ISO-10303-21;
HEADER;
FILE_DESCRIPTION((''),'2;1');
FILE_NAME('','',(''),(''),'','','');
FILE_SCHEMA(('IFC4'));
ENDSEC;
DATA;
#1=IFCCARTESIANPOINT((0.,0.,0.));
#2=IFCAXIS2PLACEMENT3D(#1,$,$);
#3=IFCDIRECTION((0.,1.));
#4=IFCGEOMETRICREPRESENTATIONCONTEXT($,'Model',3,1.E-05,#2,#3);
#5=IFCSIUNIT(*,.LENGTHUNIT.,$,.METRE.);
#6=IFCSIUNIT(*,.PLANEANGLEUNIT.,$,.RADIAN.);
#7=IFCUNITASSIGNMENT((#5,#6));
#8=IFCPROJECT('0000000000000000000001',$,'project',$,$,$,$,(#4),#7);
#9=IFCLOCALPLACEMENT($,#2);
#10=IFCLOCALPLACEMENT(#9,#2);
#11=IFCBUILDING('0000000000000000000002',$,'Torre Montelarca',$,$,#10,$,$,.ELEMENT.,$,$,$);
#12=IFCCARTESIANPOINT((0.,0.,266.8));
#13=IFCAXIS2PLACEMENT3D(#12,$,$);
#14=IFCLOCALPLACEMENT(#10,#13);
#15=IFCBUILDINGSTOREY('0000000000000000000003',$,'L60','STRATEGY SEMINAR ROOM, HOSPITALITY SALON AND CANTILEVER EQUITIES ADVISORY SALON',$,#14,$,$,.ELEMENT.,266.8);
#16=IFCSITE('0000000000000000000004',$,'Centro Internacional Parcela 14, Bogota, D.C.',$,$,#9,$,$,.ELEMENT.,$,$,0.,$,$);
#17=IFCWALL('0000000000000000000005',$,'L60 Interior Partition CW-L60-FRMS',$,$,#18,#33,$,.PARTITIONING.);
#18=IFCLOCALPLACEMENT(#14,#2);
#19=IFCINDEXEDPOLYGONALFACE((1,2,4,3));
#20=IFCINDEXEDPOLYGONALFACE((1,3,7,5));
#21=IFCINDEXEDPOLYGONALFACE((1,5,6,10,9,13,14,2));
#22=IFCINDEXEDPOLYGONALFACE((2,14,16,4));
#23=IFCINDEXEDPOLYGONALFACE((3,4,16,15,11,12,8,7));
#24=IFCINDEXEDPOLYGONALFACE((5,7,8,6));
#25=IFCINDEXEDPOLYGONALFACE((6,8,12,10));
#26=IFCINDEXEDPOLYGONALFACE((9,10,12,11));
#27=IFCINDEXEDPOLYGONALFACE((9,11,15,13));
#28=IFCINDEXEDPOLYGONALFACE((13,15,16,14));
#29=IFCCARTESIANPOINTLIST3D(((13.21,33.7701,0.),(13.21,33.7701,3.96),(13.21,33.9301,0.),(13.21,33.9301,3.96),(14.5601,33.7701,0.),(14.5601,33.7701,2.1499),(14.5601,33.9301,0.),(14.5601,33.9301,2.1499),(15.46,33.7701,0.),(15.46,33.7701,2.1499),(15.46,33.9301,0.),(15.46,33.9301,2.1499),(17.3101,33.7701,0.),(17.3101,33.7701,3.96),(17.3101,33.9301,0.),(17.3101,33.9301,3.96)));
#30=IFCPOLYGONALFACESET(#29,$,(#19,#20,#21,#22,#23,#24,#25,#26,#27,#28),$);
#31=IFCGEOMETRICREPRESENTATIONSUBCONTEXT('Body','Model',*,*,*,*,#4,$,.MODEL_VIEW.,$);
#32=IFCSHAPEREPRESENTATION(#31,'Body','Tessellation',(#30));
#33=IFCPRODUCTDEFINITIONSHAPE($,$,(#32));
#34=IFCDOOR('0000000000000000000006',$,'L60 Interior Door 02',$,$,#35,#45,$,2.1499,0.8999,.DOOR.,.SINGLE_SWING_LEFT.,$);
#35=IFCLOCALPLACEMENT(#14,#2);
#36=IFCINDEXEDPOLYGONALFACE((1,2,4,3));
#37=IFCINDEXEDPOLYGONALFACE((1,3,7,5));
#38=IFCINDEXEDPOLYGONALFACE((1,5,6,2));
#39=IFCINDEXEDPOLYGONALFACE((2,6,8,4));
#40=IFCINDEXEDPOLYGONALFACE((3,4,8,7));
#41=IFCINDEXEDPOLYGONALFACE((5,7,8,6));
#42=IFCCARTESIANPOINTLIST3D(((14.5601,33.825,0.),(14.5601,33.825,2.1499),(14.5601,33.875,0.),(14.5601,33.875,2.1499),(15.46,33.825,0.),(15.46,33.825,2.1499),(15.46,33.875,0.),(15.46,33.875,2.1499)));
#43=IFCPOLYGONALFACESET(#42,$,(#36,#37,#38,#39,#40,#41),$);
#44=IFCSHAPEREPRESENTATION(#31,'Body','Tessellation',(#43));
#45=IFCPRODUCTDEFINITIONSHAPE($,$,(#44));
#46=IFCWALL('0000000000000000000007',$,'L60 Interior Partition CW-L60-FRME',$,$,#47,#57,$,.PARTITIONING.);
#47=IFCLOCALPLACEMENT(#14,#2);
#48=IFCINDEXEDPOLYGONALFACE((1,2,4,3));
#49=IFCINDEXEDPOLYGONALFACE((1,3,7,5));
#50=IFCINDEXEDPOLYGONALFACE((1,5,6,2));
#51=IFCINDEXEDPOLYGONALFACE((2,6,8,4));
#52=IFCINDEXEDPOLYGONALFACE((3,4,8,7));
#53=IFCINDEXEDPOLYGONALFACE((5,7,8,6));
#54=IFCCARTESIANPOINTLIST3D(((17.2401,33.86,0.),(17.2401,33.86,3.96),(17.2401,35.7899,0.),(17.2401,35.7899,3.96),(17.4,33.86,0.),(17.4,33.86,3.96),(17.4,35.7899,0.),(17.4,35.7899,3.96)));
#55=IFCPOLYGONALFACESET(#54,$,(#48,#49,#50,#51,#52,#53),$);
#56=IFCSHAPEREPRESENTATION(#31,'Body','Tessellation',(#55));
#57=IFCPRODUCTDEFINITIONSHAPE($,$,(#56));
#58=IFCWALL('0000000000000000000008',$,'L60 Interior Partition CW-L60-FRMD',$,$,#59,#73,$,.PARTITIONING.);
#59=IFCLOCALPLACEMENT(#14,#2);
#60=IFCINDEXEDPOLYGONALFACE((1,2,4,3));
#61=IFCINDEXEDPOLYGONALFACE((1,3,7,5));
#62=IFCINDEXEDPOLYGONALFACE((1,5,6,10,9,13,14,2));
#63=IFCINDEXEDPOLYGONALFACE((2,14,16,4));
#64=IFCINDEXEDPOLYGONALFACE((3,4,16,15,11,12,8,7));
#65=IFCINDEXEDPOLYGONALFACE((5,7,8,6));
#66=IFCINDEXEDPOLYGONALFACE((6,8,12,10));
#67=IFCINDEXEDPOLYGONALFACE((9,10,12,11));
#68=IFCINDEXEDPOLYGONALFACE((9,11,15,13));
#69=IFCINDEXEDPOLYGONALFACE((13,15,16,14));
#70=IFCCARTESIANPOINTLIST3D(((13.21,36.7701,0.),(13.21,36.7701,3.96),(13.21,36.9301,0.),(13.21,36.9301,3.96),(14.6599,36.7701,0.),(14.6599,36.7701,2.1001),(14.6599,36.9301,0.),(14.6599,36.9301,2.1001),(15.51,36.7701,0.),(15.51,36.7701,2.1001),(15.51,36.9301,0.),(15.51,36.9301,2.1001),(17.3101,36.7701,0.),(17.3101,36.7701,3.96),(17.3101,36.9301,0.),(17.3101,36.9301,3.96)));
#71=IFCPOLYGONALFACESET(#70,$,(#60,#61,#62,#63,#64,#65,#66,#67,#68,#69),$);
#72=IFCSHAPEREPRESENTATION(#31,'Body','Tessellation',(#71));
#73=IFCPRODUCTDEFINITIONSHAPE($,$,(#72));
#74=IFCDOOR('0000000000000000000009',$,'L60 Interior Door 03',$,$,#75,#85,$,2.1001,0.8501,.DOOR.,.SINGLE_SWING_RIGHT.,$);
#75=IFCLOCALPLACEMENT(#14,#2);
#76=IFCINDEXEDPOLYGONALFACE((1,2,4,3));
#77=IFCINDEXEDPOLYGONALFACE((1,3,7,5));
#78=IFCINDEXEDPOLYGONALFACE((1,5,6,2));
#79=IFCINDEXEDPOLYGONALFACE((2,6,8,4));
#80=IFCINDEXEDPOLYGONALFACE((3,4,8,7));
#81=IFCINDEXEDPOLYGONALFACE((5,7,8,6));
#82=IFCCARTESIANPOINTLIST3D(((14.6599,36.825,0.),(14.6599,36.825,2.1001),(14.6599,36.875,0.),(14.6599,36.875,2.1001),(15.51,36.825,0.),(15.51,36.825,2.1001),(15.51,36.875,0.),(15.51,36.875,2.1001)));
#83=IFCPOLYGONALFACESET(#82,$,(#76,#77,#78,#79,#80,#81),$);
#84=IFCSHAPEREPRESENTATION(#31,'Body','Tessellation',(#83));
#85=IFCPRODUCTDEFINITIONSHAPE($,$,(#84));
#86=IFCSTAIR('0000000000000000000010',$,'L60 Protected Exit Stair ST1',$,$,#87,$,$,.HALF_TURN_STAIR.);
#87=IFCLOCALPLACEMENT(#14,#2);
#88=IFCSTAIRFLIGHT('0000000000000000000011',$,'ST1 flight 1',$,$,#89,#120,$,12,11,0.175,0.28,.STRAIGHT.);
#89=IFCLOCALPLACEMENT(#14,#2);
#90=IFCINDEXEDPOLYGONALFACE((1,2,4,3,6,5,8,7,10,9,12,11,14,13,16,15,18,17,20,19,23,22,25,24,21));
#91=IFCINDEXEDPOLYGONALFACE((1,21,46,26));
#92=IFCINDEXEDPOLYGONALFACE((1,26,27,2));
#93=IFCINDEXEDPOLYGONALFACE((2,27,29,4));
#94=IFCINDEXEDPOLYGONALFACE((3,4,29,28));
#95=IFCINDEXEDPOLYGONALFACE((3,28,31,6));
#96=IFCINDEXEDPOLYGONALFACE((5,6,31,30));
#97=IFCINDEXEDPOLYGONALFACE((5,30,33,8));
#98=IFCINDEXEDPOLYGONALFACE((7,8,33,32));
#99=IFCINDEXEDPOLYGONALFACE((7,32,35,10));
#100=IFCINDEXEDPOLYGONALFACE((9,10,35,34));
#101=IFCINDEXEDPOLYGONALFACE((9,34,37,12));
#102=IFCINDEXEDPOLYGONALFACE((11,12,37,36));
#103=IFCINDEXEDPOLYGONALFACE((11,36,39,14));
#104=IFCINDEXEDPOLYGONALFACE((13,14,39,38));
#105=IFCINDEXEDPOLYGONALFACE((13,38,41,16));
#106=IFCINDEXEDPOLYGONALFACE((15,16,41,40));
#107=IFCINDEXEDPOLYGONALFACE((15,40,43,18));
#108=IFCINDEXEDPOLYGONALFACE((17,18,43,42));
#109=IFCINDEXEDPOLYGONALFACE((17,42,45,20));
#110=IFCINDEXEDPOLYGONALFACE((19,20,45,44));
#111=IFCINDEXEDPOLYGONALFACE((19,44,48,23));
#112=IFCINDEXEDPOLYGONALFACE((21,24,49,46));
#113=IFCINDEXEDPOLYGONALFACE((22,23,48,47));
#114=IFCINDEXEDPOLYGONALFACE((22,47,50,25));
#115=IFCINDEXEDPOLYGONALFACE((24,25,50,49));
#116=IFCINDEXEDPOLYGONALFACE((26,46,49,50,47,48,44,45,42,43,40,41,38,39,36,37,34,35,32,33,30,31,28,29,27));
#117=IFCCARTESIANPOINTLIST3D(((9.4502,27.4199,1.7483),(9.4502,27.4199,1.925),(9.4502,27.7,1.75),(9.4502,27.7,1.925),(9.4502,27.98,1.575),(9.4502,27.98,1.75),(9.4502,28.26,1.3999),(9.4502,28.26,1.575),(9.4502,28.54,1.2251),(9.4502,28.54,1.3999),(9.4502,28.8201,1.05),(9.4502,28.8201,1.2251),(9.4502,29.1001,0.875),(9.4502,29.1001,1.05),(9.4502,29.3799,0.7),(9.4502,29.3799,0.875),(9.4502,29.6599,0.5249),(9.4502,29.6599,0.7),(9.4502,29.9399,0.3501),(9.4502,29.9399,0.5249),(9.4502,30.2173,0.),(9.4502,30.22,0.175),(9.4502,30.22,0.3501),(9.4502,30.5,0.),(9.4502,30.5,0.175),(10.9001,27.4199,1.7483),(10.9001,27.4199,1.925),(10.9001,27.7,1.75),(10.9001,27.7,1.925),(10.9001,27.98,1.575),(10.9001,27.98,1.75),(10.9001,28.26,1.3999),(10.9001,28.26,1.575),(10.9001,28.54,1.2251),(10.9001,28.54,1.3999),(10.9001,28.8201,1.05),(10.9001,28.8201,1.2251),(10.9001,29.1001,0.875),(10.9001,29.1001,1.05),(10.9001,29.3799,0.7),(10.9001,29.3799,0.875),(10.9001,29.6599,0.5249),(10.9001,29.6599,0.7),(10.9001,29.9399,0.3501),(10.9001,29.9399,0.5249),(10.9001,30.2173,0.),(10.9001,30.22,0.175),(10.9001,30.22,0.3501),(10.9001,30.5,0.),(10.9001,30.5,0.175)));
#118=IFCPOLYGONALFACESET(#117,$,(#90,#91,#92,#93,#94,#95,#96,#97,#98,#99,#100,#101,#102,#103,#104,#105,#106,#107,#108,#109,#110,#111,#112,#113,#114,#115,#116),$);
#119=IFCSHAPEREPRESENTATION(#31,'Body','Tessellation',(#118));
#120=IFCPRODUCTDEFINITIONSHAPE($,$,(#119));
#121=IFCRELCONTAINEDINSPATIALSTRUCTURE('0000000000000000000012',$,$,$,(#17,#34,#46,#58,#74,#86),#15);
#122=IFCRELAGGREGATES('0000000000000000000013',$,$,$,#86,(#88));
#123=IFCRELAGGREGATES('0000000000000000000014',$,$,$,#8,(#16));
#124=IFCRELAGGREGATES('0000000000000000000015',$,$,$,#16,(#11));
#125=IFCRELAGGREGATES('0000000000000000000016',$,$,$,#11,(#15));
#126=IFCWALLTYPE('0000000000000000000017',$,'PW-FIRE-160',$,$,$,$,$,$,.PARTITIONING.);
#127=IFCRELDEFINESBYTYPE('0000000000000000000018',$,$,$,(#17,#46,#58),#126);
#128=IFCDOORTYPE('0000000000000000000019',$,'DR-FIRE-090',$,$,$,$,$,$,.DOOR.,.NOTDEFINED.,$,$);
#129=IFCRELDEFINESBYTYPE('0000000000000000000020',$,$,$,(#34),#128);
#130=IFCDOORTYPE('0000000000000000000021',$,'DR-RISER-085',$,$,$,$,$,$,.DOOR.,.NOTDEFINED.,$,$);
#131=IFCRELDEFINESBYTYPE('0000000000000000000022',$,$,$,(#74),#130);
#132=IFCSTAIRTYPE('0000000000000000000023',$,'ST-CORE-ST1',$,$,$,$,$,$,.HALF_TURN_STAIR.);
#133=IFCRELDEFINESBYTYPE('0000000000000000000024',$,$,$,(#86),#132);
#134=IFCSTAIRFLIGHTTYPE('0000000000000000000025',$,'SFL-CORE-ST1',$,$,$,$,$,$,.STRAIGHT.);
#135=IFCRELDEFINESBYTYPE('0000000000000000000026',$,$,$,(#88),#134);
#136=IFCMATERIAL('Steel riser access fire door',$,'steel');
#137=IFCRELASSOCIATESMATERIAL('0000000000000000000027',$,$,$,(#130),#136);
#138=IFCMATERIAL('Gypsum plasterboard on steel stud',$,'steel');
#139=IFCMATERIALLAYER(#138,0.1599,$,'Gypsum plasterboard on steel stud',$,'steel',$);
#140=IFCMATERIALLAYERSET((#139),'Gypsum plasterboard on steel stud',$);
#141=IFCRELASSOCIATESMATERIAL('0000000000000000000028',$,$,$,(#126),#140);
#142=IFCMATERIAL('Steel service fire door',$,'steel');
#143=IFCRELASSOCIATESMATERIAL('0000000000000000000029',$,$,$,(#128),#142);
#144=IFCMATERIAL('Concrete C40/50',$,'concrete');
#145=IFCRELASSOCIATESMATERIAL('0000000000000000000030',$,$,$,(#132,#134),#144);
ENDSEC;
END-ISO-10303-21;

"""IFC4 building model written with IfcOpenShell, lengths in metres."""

from ifc_helpers import new_model, si_unit, direction, frame, frame_2d, origin, place, context, subcontext, project, spatial, polyline, rectangle, outline, extrude, source, transform, mapped, material, layer, layer_set, type_object, element, fill, aggregate, save


model = new_model("IFC4")

# Units and contexts
model_context = context("Model", 3, precision=1e-05, world=origin(), true_north=direction((0.0, 1.0)))
body_context = subcontext(model_context, "Body", "Model", "MODEL_VIEW")
ifc_project = project(units=[si_unit("LENGTHUNIT", "METRE"), si_unit("PLANEANGLEUNIT", "RADIAN")], contexts=[model_context])

# Site, building, storey
site_placement = place(None, origin())
site = spatial("IfcSite", under=ifc_project, at=site_placement, Name="Centro Internacional Parcela 14, Bogota, D.C.", CompositionType="ELEMENT", RefElevation=0.0)
building_placement = place(site_placement, origin())
building = spatial("IfcBuilding", under=site, at=building_placement, Name="Torre Montelarca", CompositionType="ELEMENT")
storey_placement = place(building_placement, frame((0.0, 0.0, 266.8)))
storey = spatial("IfcBuildingStorey", under=building, at=storey_placement, Name="L60", Description="STRATEGY SEMINAR ROOM, HOSPITALITY SALON AND CANTILEVER EQUITIES ADVISORY SALON", CompositionType="ELEMENT", Elevation=266.8)

# Shared definitions
ifc_material_1 = material(Name="Concrete C40/50", Category="concrete")

# Shared definitions
ifc_material_2 = material(Name="Steel riser access fire door", Category="steel")
door_type_1 = type_object("IfcDoorType", Name="DR-RISER-085", OperationType="NOTDEFINED", PredefinedType="DOOR", material=ifc_material_2)
shared_shape_1 = source(origin(), body_context, "Body", "SweptSolid", [
    extrude(rectangle(XDim=0.8501, YDim=2.1001, at=frame_2d((0.425, 1.05))), frame((0.0, 0.0249, 0.0), z_axis=(0.0, -1.0, 0.0), x_axis=(1.0, 0.0, 0.0)), (0.0, 0.0, 1.0), 0.05),
])

# Shared definitions
ifc_material_3 = material(Name="Gypsum plasterboard on steel stud", Category="steel")
ifc_layer_1 = layer(ifc_material_3, 0.1599, Name="Gypsum plasterboard on steel stud", Category="steel")
ifc_layer_set_1 = layer_set([ifc_layer_1], Name="Gypsum plasterboard on steel stud")
wall_type_1 = type_object("IfcWallType", Name="PW-FIRE-160", PredefinedType="PARTITIONING", material=ifc_layer_set_1)
ifc_material_4 = material(Name="Steel service fire door", Category="steel")
door_type_2 = type_object("IfcDoorType", Name="DR-FIRE-090", OperationType="NOTDEFINED", PredefinedType="DOOR", material=ifc_material_4)
shared_shape_2 = source(origin(), body_context, "Body", "SweptSolid", [
    extrude(rectangle(XDim=0.8999, YDim=2.1499, at=frame_2d((0.45, 1.075))), frame((0.0, 0.0249, 0.0), z_axis=(0.0, -1.0, 0.0), x_axis=(1.0, 0.0, 0.0)), (0.0, 0.0, 1.0), 0.05),
])

# Wall, opening, door
wall_1_placement = place(storey_placement, frame((13.21, 33.8501, 0.0), z_axis=(0.0, 0.0, 1.0), x_axis=(1.0, 0.0, 0.0)))
wall_1 = element("IfcWall", 1, at=wall_1_placement, inside=storey, type_object=wall_type_1, Name="L60 Interior Partition CW-L60-FRMS", PredefinedType="PARTITIONING", context=body_context, shape_type="SweptSolid", body=[
    extrude(rectangle(XDim=4.1001, YDim=0.1599, at=frame_2d((2.05, 0.0))), origin(), (0.0, 0.0, 1.0), 3.96),
])
opening_1_placement = place(wall_1_placement, frame((1.3501, 0.0, 0.0)))
opening_1 = element("IfcOpeningElement", 2, at=opening_1_placement, cuts=wall_1, PredefinedType="OPENING", context=body_context, shape_type="SweptSolid", body=[
    extrude(rectangle(XDim=0.8999, YDim=2.1499, at=frame_2d((0.45, 1.075))), frame((0.0, 0.0898, 0.0), z_axis=(0.0, -1.0, 0.0), x_axis=(1.0, 0.0, 0.0)), (0.0, 0.0, 1.0), 0.1799),
])
door_1_placement = place(opening_1_placement, origin())
door_1 = element("IfcDoor", 3, at=door_1_placement, inside=storey, type_object=door_type_2, Name="L60 Interior Door 02", OperationType="SINGLE_SWING_LEFT", OverallHeight=2.1499, OverallWidth=0.8999, PredefinedType="DOOR", context=body_context, shape_type="MappedRepresentation", body=[
    mapped(shared_shape_2, transform((0.0, 0.0, 0.0), scale=1.0)),
])
fill(opening_1, door_1)

# Wall
wall_2_placement = place(storey_placement, frame((17.3201, 33.8601, 0.0), z_axis=(0.0, 0.0, 1.0), x_axis=(0.0, 1.0, 0.0)))
element("IfcWall", 4, at=wall_2_placement, inside=storey, type_object=wall_type_1, Name="L60 Interior Partition CW-L60-FRME", PredefinedType="PARTITIONING", context=body_context, shape_type="SweptSolid", body=[
    extrude(rectangle(XDim=1.9299, YDim=0.1599, at=frame_2d((0.9648, 0.0))), origin(), (0.0, 0.0, 1.0), 3.96),
])

# Wall, opening, door
wall_3_placement = place(storey_placement, frame((13.21, 36.8501, 0.0), z_axis=(0.0, 0.0, 1.0), x_axis=(1.0, 0.0, 0.0)))
wall_3 = element("IfcWall", 5, at=wall_3_placement, inside=storey, type_object=wall_type_1, Name="L60 Interior Partition CW-L60-FRMD", PredefinedType="PARTITIONING", context=body_context, shape_type="SweptSolid", body=[
    extrude(rectangle(XDim=4.1001, YDim=0.1599, at=frame_2d((2.05, 0.0))), origin(), (0.0, 0.0, 1.0), 3.96),
])
opening_2_placement = place(wall_3_placement, frame((1.45, 0.0, 0.0)))
opening_2 = element("IfcOpeningElement", 6, at=opening_2_placement, cuts=wall_3, PredefinedType="OPENING", context=body_context, shape_type="SweptSolid", body=[
    extrude(rectangle(XDim=0.8501, YDim=2.1001, at=frame_2d((0.425, 1.05))), frame((0.0, 0.0898, 0.0), z_axis=(0.0, -1.0, 0.0), x_axis=(1.0, 0.0, 0.0)), (0.0, 0.0, 1.0), 0.1799),
])
door_2_placement = place(opening_2_placement, origin())
door_2 = element("IfcDoor", 7, at=door_2_placement, inside=storey, type_object=door_type_1, Name="L60 Interior Door 03", OperationType="SINGLE_SWING_RIGHT", OverallHeight=2.1001, OverallWidth=0.8501, PredefinedType="DOOR", context=body_context, shape_type="MappedRepresentation", body=[
    mapped(shared_shape_1, transform((0.0, 0.0, 0.0), scale=1.0)),
])
fill(opening_2, door_2)

# Stair, stair flight
stair_type = type_object("IfcStairType", Name="ST-CORE-ST1", PredefinedType="HALF_TURN_STAIR", material=ifc_material_1)
stair_placement = place(storey_placement, origin())
stair = element("IfcStair", 8, at=stair_placement, inside=storey, type_object=stair_type, Name="L60 Protected Exit Stair ST1", PredefinedType="HALF_TURN_STAIR")
stair_flight_type = type_object("IfcStairFlightType", Name="SFL-CORE-ST1", PredefinedType="STRAIGHT", material=ifc_material_1)
stair_flight_placement = place(storey_placement, frame((10.175, 30.5, 0.0), z_axis=(0.0, 0.0, 1.0), x_axis=(0.0, -1.0, 0.0)))
stair_flight = element("IfcStairFlight", 9, at=stair_flight_placement, type_object=stair_flight_type, Name="ST1 flight 1", NumberOfRisers=12, NumberOfTreads=11, PredefinedType="STRAIGHT", RiserHeight=0.175, TreadLength=0.28, context=body_context, shape_type="SweptSolid", body=[
    extrude(outline(polyline([(0.0, 0.0), (0.0, 0.175), (0.28, 0.175), (0.28, 0.3501), (0.5601, 0.3501), (0.5601, 0.5249), (0.8401, 0.5249), (0.8401, 0.7), (1.1201, 0.7), (1.1201, 0.875), (1.3999, 0.875), (1.3999, 1.05), (1.6799, 1.05), (1.6799, 1.2251), (1.96, 1.2251), (1.96, 1.3999), (2.24, 1.3999), (2.24, 1.575), (2.52, 1.575), (2.52, 1.75), (2.8, 1.75), (2.8, 1.925), (3.0801, 1.925), (3.0801, 2.1001), (3.0801, 1.7483), (0.2827, 0.0), (0.0, 0.0)])), frame((0.0, 0.7251, 0.0), z_axis=(0.0, -1.0, 0.0), x_axis=(1.0, 0.0, 0.0)), (0.0, 0.0, 1.0), 1.45),
])
aggregate(stair, [stair_flight])

save(model, "model.ifc")
